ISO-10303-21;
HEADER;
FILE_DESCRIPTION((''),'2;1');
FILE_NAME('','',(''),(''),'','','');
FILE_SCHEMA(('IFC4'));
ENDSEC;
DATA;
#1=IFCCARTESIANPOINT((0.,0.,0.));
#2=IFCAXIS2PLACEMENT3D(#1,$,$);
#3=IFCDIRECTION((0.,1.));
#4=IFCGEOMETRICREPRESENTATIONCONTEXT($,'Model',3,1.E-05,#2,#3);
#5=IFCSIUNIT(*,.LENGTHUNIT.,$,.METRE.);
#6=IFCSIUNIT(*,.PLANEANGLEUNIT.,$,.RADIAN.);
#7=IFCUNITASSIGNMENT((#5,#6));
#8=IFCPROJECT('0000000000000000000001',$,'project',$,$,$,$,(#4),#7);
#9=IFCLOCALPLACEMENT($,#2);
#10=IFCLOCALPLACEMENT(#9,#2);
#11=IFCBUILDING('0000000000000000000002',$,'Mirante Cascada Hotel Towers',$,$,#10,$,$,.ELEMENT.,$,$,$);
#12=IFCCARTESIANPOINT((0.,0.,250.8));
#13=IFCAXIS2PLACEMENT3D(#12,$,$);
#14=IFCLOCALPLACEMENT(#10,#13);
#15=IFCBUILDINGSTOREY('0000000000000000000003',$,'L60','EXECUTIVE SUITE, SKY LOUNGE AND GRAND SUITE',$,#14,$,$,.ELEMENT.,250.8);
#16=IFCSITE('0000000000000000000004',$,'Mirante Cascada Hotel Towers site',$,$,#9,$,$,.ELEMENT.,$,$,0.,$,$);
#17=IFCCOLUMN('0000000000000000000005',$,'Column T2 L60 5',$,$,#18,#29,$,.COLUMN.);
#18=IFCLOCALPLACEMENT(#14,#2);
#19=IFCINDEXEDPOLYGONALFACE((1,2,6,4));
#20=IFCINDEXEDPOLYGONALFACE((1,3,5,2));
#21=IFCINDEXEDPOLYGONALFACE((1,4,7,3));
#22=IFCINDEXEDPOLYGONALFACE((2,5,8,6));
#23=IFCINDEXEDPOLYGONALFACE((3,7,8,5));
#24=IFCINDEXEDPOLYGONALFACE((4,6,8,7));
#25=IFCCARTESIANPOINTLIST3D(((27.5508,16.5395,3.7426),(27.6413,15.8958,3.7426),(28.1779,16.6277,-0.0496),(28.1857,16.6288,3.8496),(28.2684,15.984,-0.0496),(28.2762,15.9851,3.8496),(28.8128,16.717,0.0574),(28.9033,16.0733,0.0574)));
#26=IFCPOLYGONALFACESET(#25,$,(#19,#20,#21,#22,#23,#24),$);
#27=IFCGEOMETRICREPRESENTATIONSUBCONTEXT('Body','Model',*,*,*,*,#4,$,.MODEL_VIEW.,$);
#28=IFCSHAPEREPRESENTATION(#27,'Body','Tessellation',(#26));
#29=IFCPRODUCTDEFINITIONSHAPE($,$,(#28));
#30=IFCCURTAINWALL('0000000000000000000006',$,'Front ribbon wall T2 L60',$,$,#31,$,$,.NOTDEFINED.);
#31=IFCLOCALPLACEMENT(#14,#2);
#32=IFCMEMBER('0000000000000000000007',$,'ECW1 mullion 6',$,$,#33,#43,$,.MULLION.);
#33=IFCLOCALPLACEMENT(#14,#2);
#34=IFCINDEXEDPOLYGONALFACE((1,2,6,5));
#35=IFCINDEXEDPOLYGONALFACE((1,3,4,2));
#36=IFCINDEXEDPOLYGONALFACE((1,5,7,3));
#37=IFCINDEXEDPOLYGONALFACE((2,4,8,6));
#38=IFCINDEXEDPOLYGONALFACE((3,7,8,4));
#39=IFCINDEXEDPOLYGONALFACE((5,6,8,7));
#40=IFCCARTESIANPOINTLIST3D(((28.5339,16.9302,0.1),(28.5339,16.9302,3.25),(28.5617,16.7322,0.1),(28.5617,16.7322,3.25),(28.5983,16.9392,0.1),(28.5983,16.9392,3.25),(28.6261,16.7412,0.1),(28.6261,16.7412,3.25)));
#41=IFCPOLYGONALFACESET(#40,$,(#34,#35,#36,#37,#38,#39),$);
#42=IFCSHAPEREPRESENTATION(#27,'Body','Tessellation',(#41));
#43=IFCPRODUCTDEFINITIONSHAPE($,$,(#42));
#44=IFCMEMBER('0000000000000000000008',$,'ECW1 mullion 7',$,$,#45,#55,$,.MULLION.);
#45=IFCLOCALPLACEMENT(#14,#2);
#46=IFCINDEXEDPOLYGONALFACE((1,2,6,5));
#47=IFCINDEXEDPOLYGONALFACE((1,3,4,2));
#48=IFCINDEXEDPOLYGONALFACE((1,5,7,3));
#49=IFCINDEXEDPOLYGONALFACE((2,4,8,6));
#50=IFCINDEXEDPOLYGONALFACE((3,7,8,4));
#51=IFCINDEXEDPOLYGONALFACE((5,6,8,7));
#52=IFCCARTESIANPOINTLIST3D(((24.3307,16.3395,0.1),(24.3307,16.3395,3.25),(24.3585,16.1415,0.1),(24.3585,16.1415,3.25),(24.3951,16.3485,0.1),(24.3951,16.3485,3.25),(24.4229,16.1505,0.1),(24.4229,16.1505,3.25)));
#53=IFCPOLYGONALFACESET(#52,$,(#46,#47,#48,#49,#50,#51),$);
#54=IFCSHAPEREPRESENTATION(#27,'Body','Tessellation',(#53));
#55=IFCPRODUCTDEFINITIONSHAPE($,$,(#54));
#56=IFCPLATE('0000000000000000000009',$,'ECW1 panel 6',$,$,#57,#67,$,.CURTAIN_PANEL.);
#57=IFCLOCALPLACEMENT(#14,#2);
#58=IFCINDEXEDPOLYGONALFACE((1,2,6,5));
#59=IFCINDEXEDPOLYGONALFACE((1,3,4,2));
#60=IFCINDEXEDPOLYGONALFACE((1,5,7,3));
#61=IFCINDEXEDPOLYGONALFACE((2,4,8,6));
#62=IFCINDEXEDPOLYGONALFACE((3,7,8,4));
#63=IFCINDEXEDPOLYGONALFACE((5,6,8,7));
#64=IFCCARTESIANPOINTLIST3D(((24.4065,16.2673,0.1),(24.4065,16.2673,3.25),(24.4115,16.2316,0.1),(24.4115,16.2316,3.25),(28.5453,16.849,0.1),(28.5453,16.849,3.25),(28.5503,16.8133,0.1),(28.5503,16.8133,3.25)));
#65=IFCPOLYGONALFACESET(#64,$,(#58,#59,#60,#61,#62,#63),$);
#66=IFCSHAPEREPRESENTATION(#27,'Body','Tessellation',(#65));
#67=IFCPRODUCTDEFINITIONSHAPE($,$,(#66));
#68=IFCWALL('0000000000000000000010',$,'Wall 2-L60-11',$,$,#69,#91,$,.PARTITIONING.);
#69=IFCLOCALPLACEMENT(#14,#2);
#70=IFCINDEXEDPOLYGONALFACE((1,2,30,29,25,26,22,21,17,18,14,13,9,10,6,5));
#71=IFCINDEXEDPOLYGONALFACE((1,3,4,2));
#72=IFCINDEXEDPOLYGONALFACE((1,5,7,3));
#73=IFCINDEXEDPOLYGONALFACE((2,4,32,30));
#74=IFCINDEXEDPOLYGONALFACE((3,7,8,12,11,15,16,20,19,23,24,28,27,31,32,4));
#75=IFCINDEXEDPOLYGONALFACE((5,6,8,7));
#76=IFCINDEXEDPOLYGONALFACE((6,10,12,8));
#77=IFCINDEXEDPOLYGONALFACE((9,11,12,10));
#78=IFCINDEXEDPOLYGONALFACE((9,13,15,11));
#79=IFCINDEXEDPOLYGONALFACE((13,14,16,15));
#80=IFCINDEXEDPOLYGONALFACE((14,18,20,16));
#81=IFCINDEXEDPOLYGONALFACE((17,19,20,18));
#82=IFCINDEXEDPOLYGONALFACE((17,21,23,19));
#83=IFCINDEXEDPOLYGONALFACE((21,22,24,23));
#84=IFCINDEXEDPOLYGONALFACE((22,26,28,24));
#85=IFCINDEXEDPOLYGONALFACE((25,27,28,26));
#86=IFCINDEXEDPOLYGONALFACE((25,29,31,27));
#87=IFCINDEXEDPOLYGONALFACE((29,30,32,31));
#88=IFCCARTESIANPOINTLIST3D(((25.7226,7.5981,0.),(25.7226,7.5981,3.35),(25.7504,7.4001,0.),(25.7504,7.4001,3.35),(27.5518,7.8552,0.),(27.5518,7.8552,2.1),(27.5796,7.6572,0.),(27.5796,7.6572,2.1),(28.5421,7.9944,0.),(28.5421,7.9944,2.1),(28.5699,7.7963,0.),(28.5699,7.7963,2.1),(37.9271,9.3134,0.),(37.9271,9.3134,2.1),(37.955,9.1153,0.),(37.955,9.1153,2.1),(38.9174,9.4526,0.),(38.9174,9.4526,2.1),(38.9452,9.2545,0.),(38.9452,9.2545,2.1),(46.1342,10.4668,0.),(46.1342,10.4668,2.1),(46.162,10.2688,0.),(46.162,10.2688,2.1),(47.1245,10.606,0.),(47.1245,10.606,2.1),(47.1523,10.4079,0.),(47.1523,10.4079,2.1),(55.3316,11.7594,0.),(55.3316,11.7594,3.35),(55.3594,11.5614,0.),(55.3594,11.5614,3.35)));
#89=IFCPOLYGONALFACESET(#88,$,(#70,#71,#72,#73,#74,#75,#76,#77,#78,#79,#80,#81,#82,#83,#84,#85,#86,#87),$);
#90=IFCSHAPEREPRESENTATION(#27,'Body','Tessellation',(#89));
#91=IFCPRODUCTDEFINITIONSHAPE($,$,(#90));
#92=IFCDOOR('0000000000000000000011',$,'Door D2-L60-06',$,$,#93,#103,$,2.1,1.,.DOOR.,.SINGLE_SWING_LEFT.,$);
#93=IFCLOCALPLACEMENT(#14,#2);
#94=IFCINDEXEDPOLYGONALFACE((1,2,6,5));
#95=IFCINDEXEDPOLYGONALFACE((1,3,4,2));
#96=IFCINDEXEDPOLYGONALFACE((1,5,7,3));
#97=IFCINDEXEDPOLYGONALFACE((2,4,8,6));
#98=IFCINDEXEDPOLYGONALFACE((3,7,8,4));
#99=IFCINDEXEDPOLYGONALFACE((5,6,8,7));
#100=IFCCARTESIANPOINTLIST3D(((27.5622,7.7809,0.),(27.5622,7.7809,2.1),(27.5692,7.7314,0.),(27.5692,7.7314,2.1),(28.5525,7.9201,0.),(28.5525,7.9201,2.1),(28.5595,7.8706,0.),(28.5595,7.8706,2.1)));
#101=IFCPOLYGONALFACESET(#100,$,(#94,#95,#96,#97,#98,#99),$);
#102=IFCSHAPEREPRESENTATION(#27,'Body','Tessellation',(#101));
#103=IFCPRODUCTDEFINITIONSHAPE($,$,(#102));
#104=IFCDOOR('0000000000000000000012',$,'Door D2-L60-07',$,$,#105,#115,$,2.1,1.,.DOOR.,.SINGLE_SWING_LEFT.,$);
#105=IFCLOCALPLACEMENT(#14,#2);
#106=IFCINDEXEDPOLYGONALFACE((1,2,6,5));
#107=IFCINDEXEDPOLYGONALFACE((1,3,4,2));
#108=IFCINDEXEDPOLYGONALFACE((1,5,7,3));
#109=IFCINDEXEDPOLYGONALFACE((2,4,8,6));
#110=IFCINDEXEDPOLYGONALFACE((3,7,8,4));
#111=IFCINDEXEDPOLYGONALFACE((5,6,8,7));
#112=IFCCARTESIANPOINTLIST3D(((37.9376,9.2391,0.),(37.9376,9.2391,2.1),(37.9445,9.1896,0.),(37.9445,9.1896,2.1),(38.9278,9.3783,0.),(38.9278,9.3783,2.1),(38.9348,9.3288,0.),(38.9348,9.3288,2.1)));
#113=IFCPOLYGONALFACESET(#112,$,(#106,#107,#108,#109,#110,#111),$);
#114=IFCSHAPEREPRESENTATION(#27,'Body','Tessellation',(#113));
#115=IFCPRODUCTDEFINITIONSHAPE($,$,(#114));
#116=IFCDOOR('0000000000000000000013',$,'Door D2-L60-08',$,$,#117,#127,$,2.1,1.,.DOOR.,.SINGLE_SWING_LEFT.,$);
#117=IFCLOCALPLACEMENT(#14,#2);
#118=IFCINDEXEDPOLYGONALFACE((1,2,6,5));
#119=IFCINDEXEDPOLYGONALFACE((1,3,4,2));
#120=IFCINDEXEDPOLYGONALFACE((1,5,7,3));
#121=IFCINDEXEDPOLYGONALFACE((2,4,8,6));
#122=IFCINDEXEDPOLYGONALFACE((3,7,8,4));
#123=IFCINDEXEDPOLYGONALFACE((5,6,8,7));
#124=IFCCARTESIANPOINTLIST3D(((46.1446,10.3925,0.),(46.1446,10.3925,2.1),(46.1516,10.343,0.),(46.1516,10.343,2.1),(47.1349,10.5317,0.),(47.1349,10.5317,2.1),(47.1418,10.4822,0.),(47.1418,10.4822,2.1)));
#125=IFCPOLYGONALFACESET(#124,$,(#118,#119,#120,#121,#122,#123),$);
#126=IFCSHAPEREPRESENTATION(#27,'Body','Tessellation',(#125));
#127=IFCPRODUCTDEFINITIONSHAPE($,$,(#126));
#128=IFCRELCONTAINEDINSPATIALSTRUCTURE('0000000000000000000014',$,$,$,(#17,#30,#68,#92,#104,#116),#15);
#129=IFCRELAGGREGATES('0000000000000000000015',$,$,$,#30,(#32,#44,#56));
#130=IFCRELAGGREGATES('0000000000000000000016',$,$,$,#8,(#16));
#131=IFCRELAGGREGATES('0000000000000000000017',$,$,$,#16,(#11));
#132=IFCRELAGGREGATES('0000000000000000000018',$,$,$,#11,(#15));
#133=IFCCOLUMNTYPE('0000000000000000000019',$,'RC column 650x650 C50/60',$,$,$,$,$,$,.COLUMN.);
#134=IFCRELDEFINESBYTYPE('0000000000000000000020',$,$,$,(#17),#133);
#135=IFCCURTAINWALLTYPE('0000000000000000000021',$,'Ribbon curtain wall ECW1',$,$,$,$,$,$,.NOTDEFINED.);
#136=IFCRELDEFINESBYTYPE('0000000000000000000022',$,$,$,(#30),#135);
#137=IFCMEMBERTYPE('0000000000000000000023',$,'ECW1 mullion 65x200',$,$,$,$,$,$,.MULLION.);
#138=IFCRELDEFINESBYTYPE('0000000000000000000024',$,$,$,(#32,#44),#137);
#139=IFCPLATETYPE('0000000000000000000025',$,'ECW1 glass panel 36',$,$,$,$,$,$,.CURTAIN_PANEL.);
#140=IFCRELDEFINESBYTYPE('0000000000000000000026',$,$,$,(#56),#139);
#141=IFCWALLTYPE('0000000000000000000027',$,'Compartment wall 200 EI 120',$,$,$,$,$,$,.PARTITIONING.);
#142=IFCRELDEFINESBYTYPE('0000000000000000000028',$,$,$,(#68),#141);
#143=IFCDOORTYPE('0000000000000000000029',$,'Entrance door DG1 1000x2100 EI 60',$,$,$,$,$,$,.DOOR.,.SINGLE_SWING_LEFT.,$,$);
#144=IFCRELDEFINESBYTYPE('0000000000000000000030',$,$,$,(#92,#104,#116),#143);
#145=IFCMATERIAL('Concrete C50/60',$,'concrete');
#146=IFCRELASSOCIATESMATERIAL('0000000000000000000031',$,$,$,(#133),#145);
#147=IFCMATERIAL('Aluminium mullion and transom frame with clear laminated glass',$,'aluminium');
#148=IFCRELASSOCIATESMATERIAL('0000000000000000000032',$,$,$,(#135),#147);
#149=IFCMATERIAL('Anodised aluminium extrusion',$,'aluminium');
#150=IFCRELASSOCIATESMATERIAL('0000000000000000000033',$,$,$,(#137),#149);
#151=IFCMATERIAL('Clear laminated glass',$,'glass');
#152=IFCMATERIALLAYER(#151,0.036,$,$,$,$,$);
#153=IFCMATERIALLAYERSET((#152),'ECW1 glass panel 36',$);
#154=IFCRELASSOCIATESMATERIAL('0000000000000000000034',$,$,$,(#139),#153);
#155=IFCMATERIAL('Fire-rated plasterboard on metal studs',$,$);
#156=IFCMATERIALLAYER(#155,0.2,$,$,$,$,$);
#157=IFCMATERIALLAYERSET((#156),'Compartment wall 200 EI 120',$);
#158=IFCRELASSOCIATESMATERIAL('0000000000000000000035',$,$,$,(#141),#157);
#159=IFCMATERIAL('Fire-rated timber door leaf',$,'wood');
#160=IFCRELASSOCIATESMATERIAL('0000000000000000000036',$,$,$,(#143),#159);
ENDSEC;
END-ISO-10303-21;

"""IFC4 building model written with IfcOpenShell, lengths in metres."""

from ifc_helpers import new_model, si_unit, direction, frame, frame_2d, origin, origin_2d, place, context, subcontext, project, spatial, rectangle, extrude, material, layer, layer_set, material_profile, profile_set, type_object, element, fill, aggregate, save


model = new_model("IFC4")

# Units and contexts
model_context = context("Model", 3, precision=1e-05, world=origin(), true_north=direction((0.0, 1.0)))
body_context = subcontext(model_context, "Body", "Model", "MODEL_VIEW")
ifc_project = project(units=[si_unit("LENGTHUNIT", "METRE"), si_unit("PLANEANGLEUNIT", "RADIAN")], contexts=[model_context])

# Site, building, storey
site_placement = place(None, origin())
site = spatial("IfcSite", under=ifc_project, at=site_placement, Name="Mirante Cascada Hotel Towers site", CompositionType="ELEMENT", RefElevation=0.0)
building_placement = place(site_placement, origin())
building = spatial("IfcBuilding", under=site, at=building_placement, Name="Mirante Cascada Hotel Towers", CompositionType="ELEMENT")
storey_placement = place(building_placement, frame((0.0, 0.0, 250.8)))
storey = spatial("IfcBuildingStorey", under=building, at=storey_placement, Name="L60", Description="EXECUTIVE SUITE, SKY LOUNGE AND GRAND SUITE", CompositionType="ELEMENT", Elevation=250.8)

# Column
ifc_material_1 = material(Name="Concrete C50/60", Category="concrete")
ifc_material_profile_1 = material_profile(ifc_material_1, rectangle(XDim=0.65, YDim=0.65, at=origin_2d()), Name="RC column 650x650 C50/60")
ifc_profile_set_1 = profile_set([ifc_material_profile_1], Name="Concrete C50/60")
column_type = type_object("IfcColumnType", Name="RC column 650x650 C50/60", PredefinedType="COLUMN", material=ifc_profile_set_1)
column_placement = place(storey_placement, frame((28.5406, 16.3505, 0.0039), z_axis=(-0.163107, -0.022941, 0.986342), x_axis=(0.139277, -0.990254, 0.0)))
element("IfcColumn", 1, at=column_placement, inside=storey, type_object=column_type, Name="Column T2 L60 5", PredefinedType="COLUMN", context=body_context, shape_type="SweptSolid", body=[
    extrude(rectangle(XDim=0.65, YDim=0.65, at=origin_2d()), origin(), (0.0, 0.0, 1.0), 3.8447),
])

# Curtain wall, members, plate
ifc_material_2 = material(Name="Aluminium mullion and transom frame with clear laminated glass", Category="aluminium")
curtain_wall_type = type_object("IfcCurtainWallType", Name="Ribbon curtain wall ECW1", PredefinedType="NOTDEFINED", material=ifc_material_2)
curtain_wall_placement = place(storey_placement, origin())
curtain_wall = element("IfcCurtainWall", 2, at=curtain_wall_placement, inside=storey, type_object=curtain_wall_type, Name="Front ribbon wall T2 L60", PredefinedType="NOTDEFINED")
ifc_material_3 = material(Name="Anodised aluminium extrusion", Category="aluminium")
ifc_material_profile_2 = material_profile(ifc_material_3, rectangle(XDim=0.2, YDim=0.065, at=origin_2d()), Name="ECW1 MULLION 65x200")
ifc_profile_set_2 = profile_set([ifc_material_profile_2], Name="Anodised aluminium extrusion")
member_type = type_object("IfcMemberType", Name="ECW1 mullion 65x200", PredefinedType="MULLION", material=ifc_profile_set_2)
member_1_placement = place(storey_placement, frame((28.58, 16.8357, 0.1), z_axis=(0.0, 0.0, 1.0), x_axis=(0.139173, -0.990268, 0.0)))
member_1 = element("IfcMember", 3, at=member_1_placement, type_object=member_type, Name="ECW1 mullion 6", PredefinedType="MULLION", context=body_context, shape_type="SweptSolid", body=[
    extrude(rectangle(XDim=0.2, YDim=0.065, at=origin_2d()), origin(), (0.0, 0.0, 1.0), 3.15),
])
member_2_placement = place(storey_placement, frame((24.3768, 16.245, 0.1), z_axis=(0.0, 0.0, 1.0), x_axis=(0.139173, -0.990268, 0.0)))
member_2 = element("IfcMember", 4, at=member_2_placement, type_object=member_type, Name="ECW1 mullion 7", PredefinedType="MULLION", context=body_context, shape_type="SweptSolid", body=[
    extrude(rectangle(XDim=0.2, YDim=0.065, at=origin_2d()), origin(), (0.0, 0.0, 1.0), 3.15),
])
ifc_material_4 = material(Name="Clear laminated glass", Category="glass")
ifc_layer_1 = layer(ifc_material_4, 0.036)
ifc_layer_set_1 = layer_set([ifc_layer_1], Name="ECW1 glass panel 36")
plate_type = type_object("IfcPlateType", Name="ECW1 glass panel 36", PredefinedType="CURTAIN_PANEL", material=ifc_layer_set_1)
plate_placement = place(storey_placement, frame((26.4784, 16.5403, 0.1), z_axis=(0.0, 0.0, 1.0), x_axis=(-0.990268, -0.139173, 0.0)))
plate = element("IfcPlate", 5, at=plate_placement, type_object=plate_type, Name="ECW1 panel 6", PredefinedType="CURTAIN_PANEL", context=body_context, shape_type="SweptSolid", body=[
    extrude(rectangle(XDim=4.1795, YDim=0.036, at=origin_2d()), origin(), (0.0, 0.0, 1.0), 3.15),
])
aggregate(curtain_wall, [member_1, member_2, plate])

# Wall, openings, doors
ifc_material_5 = material(Name="Fire-rated plasterboard on metal studs")
ifc_layer_2 = layer(ifc_material_5, 0.2)
ifc_layer_set_2 = layer_set([ifc_layer_2], Name="Compartment wall 200 EI 120")
wall_type_1 = type_object("IfcWallType", Name="Compartment wall 200 EI 120", PredefinedType="PARTITIONING", material=ifc_layer_set_2)
wall_1_placement = place(storey_placement, frame((25.7365, 7.4991, 0.0), z_axis=(0.0, 0.0, 1.0), x_axis=(0.990268, 0.139174, 0.0)))
wall_1 = element("IfcWall", 6, at=wall_1_placement, inside=storey, type_object=wall_type_1, Name="Wall 2-L60-11", PredefinedType="PARTITIONING", context=body_context, shape_type="SweptSolid", body=[
    extrude(rectangle(XDim=29.9, YDim=0.2, at=frame_2d((14.95, 0.0))), origin(), (0.0, 0.0, 1.0), 3.35),
])
opening_1_placement = place(wall_1_placement, frame((1.8472, 0.0, 0.0)))
opening_1 = element("IfcOpeningElement", 7, at=opening_1_placement, cuts=wall_1, PredefinedType="OPENING", context=body_context, shape_type="SweptSolid", body=[
    extrude(rectangle(XDim=1.0, YDim=2.1, at=frame_2d((0.5, 1.05))), frame((0.0, 0.1, 0.0), z_axis=(0.0, -1.0, 0.0), x_axis=(1.0, 0.0, 0.0)), (0.0, 0.0, 1.0), 0.2),
])
opening_2_placement = place(wall_1_placement, frame((12.3245, 0.0, 0.0)))
opening_2 = element("IfcOpeningElement", 8, at=opening_2_placement, cuts=wall_1, PredefinedType="OPENING", context=body_context, shape_type="SweptSolid", body=[
    extrude(rectangle(XDim=1.0, YDim=2.1, at=frame_2d((0.5, 1.05))), frame((0.0, 0.1, 0.0), z_axis=(0.0, -1.0, 0.0), x_axis=(1.0, 0.0, 0.0)), (0.0, 0.0, 1.0), 0.2),
])
opening_3_placement = place(wall_1_placement, frame((20.6122, 0.0, 0.0)))
opening_3 = element("IfcOpeningElement", 9, at=opening_3_placement, cuts=wall_1, PredefinedType="OPENING", context=body_context, shape_type="SweptSolid", body=[
    extrude(rectangle(XDim=1.0, YDim=2.1, at=frame_2d((0.5, 1.05))), frame((0.0, 0.1, 0.0), z_axis=(0.0, -1.0, 0.0), x_axis=(1.0, 0.0, 0.0)), (0.0, 0.0, 1.0), 0.2),
])
ifc_material_6 = material(Name="Fire-rated timber door leaf", Category="wood")
door_type_1 = type_object("IfcDoorType", Name="Entrance door DG1 1000x2100 EI 60", OperationType="SINGLE_SWING_LEFT", PredefinedType="DOOR", material=ifc_material_6)
door_1_placement = place(opening_1_placement, origin())
door_1 = element("IfcDoor", 10, at=door_1_placement, inside=storey, type_object=door_type_1, Name="Door D2-L60-06", OperationType="SINGLE_SWING_LEFT", OverallHeight=2.1, OverallWidth=1.0, PredefinedType="DOOR", context=body_context, shape_type="SweptSolid", body=[
    extrude(rectangle(XDim=1.0, YDim=2.1, at=frame_2d((0.5, 1.05))), frame((0.0, 0.025, 0.0), z_axis=(0.0, -1.0, 0.0), x_axis=(1.0, 0.0, 0.0)), (0.0, 0.0, 1.0), 0.05),
])
fill(opening_1, door_1)
door_2_placement = place(opening_2_placement, origin())
door_2 = element("IfcDoor", 11, at=door_2_placement, inside=storey, type_object=door_type_1, Name="Door D2-L60-07", OperationType="SINGLE_SWING_LEFT", OverallHeight=2.1, OverallWidth=1.0, PredefinedType="DOOR", context=body_context, shape_type="SweptSolid", body=[
    extrude(rectangle(XDim=1.0, YDim=2.1, at=frame_2d((0.5, 1.05))), frame((0.0, 0.025, 0.0), z_axis=(0.0, -1.0, 0.0), x_axis=(1.0, 0.0, 0.0)), (0.0, 0.0, 1.0), 0.05),
])
fill(opening_2, door_2)
door_3_placement = place(opening_3_placement, origin())
door_3 = element("IfcDoor", 12, at=door_3_placement, inside=storey, type_object=door_type_1, Name="Door D2-L60-08", OperationType="SINGLE_SWING_LEFT", OverallHeight=2.1, OverallWidth=1.0, PredefinedType="DOOR", context=body_context, shape_type="SweptSolid", body=[
    extrude(rectangle(XDim=1.0, YDim=2.1, at=frame_2d((0.5, 1.05))), frame((0.0, 0.025, 0.0), z_axis=(0.0, -1.0, 0.0), x_axis=(1.0, 0.0, 0.0)), (0.0, 0.0, 1.0), 0.05),
])
fill(opening_3, door_3)

save(model, "model.ifc")
